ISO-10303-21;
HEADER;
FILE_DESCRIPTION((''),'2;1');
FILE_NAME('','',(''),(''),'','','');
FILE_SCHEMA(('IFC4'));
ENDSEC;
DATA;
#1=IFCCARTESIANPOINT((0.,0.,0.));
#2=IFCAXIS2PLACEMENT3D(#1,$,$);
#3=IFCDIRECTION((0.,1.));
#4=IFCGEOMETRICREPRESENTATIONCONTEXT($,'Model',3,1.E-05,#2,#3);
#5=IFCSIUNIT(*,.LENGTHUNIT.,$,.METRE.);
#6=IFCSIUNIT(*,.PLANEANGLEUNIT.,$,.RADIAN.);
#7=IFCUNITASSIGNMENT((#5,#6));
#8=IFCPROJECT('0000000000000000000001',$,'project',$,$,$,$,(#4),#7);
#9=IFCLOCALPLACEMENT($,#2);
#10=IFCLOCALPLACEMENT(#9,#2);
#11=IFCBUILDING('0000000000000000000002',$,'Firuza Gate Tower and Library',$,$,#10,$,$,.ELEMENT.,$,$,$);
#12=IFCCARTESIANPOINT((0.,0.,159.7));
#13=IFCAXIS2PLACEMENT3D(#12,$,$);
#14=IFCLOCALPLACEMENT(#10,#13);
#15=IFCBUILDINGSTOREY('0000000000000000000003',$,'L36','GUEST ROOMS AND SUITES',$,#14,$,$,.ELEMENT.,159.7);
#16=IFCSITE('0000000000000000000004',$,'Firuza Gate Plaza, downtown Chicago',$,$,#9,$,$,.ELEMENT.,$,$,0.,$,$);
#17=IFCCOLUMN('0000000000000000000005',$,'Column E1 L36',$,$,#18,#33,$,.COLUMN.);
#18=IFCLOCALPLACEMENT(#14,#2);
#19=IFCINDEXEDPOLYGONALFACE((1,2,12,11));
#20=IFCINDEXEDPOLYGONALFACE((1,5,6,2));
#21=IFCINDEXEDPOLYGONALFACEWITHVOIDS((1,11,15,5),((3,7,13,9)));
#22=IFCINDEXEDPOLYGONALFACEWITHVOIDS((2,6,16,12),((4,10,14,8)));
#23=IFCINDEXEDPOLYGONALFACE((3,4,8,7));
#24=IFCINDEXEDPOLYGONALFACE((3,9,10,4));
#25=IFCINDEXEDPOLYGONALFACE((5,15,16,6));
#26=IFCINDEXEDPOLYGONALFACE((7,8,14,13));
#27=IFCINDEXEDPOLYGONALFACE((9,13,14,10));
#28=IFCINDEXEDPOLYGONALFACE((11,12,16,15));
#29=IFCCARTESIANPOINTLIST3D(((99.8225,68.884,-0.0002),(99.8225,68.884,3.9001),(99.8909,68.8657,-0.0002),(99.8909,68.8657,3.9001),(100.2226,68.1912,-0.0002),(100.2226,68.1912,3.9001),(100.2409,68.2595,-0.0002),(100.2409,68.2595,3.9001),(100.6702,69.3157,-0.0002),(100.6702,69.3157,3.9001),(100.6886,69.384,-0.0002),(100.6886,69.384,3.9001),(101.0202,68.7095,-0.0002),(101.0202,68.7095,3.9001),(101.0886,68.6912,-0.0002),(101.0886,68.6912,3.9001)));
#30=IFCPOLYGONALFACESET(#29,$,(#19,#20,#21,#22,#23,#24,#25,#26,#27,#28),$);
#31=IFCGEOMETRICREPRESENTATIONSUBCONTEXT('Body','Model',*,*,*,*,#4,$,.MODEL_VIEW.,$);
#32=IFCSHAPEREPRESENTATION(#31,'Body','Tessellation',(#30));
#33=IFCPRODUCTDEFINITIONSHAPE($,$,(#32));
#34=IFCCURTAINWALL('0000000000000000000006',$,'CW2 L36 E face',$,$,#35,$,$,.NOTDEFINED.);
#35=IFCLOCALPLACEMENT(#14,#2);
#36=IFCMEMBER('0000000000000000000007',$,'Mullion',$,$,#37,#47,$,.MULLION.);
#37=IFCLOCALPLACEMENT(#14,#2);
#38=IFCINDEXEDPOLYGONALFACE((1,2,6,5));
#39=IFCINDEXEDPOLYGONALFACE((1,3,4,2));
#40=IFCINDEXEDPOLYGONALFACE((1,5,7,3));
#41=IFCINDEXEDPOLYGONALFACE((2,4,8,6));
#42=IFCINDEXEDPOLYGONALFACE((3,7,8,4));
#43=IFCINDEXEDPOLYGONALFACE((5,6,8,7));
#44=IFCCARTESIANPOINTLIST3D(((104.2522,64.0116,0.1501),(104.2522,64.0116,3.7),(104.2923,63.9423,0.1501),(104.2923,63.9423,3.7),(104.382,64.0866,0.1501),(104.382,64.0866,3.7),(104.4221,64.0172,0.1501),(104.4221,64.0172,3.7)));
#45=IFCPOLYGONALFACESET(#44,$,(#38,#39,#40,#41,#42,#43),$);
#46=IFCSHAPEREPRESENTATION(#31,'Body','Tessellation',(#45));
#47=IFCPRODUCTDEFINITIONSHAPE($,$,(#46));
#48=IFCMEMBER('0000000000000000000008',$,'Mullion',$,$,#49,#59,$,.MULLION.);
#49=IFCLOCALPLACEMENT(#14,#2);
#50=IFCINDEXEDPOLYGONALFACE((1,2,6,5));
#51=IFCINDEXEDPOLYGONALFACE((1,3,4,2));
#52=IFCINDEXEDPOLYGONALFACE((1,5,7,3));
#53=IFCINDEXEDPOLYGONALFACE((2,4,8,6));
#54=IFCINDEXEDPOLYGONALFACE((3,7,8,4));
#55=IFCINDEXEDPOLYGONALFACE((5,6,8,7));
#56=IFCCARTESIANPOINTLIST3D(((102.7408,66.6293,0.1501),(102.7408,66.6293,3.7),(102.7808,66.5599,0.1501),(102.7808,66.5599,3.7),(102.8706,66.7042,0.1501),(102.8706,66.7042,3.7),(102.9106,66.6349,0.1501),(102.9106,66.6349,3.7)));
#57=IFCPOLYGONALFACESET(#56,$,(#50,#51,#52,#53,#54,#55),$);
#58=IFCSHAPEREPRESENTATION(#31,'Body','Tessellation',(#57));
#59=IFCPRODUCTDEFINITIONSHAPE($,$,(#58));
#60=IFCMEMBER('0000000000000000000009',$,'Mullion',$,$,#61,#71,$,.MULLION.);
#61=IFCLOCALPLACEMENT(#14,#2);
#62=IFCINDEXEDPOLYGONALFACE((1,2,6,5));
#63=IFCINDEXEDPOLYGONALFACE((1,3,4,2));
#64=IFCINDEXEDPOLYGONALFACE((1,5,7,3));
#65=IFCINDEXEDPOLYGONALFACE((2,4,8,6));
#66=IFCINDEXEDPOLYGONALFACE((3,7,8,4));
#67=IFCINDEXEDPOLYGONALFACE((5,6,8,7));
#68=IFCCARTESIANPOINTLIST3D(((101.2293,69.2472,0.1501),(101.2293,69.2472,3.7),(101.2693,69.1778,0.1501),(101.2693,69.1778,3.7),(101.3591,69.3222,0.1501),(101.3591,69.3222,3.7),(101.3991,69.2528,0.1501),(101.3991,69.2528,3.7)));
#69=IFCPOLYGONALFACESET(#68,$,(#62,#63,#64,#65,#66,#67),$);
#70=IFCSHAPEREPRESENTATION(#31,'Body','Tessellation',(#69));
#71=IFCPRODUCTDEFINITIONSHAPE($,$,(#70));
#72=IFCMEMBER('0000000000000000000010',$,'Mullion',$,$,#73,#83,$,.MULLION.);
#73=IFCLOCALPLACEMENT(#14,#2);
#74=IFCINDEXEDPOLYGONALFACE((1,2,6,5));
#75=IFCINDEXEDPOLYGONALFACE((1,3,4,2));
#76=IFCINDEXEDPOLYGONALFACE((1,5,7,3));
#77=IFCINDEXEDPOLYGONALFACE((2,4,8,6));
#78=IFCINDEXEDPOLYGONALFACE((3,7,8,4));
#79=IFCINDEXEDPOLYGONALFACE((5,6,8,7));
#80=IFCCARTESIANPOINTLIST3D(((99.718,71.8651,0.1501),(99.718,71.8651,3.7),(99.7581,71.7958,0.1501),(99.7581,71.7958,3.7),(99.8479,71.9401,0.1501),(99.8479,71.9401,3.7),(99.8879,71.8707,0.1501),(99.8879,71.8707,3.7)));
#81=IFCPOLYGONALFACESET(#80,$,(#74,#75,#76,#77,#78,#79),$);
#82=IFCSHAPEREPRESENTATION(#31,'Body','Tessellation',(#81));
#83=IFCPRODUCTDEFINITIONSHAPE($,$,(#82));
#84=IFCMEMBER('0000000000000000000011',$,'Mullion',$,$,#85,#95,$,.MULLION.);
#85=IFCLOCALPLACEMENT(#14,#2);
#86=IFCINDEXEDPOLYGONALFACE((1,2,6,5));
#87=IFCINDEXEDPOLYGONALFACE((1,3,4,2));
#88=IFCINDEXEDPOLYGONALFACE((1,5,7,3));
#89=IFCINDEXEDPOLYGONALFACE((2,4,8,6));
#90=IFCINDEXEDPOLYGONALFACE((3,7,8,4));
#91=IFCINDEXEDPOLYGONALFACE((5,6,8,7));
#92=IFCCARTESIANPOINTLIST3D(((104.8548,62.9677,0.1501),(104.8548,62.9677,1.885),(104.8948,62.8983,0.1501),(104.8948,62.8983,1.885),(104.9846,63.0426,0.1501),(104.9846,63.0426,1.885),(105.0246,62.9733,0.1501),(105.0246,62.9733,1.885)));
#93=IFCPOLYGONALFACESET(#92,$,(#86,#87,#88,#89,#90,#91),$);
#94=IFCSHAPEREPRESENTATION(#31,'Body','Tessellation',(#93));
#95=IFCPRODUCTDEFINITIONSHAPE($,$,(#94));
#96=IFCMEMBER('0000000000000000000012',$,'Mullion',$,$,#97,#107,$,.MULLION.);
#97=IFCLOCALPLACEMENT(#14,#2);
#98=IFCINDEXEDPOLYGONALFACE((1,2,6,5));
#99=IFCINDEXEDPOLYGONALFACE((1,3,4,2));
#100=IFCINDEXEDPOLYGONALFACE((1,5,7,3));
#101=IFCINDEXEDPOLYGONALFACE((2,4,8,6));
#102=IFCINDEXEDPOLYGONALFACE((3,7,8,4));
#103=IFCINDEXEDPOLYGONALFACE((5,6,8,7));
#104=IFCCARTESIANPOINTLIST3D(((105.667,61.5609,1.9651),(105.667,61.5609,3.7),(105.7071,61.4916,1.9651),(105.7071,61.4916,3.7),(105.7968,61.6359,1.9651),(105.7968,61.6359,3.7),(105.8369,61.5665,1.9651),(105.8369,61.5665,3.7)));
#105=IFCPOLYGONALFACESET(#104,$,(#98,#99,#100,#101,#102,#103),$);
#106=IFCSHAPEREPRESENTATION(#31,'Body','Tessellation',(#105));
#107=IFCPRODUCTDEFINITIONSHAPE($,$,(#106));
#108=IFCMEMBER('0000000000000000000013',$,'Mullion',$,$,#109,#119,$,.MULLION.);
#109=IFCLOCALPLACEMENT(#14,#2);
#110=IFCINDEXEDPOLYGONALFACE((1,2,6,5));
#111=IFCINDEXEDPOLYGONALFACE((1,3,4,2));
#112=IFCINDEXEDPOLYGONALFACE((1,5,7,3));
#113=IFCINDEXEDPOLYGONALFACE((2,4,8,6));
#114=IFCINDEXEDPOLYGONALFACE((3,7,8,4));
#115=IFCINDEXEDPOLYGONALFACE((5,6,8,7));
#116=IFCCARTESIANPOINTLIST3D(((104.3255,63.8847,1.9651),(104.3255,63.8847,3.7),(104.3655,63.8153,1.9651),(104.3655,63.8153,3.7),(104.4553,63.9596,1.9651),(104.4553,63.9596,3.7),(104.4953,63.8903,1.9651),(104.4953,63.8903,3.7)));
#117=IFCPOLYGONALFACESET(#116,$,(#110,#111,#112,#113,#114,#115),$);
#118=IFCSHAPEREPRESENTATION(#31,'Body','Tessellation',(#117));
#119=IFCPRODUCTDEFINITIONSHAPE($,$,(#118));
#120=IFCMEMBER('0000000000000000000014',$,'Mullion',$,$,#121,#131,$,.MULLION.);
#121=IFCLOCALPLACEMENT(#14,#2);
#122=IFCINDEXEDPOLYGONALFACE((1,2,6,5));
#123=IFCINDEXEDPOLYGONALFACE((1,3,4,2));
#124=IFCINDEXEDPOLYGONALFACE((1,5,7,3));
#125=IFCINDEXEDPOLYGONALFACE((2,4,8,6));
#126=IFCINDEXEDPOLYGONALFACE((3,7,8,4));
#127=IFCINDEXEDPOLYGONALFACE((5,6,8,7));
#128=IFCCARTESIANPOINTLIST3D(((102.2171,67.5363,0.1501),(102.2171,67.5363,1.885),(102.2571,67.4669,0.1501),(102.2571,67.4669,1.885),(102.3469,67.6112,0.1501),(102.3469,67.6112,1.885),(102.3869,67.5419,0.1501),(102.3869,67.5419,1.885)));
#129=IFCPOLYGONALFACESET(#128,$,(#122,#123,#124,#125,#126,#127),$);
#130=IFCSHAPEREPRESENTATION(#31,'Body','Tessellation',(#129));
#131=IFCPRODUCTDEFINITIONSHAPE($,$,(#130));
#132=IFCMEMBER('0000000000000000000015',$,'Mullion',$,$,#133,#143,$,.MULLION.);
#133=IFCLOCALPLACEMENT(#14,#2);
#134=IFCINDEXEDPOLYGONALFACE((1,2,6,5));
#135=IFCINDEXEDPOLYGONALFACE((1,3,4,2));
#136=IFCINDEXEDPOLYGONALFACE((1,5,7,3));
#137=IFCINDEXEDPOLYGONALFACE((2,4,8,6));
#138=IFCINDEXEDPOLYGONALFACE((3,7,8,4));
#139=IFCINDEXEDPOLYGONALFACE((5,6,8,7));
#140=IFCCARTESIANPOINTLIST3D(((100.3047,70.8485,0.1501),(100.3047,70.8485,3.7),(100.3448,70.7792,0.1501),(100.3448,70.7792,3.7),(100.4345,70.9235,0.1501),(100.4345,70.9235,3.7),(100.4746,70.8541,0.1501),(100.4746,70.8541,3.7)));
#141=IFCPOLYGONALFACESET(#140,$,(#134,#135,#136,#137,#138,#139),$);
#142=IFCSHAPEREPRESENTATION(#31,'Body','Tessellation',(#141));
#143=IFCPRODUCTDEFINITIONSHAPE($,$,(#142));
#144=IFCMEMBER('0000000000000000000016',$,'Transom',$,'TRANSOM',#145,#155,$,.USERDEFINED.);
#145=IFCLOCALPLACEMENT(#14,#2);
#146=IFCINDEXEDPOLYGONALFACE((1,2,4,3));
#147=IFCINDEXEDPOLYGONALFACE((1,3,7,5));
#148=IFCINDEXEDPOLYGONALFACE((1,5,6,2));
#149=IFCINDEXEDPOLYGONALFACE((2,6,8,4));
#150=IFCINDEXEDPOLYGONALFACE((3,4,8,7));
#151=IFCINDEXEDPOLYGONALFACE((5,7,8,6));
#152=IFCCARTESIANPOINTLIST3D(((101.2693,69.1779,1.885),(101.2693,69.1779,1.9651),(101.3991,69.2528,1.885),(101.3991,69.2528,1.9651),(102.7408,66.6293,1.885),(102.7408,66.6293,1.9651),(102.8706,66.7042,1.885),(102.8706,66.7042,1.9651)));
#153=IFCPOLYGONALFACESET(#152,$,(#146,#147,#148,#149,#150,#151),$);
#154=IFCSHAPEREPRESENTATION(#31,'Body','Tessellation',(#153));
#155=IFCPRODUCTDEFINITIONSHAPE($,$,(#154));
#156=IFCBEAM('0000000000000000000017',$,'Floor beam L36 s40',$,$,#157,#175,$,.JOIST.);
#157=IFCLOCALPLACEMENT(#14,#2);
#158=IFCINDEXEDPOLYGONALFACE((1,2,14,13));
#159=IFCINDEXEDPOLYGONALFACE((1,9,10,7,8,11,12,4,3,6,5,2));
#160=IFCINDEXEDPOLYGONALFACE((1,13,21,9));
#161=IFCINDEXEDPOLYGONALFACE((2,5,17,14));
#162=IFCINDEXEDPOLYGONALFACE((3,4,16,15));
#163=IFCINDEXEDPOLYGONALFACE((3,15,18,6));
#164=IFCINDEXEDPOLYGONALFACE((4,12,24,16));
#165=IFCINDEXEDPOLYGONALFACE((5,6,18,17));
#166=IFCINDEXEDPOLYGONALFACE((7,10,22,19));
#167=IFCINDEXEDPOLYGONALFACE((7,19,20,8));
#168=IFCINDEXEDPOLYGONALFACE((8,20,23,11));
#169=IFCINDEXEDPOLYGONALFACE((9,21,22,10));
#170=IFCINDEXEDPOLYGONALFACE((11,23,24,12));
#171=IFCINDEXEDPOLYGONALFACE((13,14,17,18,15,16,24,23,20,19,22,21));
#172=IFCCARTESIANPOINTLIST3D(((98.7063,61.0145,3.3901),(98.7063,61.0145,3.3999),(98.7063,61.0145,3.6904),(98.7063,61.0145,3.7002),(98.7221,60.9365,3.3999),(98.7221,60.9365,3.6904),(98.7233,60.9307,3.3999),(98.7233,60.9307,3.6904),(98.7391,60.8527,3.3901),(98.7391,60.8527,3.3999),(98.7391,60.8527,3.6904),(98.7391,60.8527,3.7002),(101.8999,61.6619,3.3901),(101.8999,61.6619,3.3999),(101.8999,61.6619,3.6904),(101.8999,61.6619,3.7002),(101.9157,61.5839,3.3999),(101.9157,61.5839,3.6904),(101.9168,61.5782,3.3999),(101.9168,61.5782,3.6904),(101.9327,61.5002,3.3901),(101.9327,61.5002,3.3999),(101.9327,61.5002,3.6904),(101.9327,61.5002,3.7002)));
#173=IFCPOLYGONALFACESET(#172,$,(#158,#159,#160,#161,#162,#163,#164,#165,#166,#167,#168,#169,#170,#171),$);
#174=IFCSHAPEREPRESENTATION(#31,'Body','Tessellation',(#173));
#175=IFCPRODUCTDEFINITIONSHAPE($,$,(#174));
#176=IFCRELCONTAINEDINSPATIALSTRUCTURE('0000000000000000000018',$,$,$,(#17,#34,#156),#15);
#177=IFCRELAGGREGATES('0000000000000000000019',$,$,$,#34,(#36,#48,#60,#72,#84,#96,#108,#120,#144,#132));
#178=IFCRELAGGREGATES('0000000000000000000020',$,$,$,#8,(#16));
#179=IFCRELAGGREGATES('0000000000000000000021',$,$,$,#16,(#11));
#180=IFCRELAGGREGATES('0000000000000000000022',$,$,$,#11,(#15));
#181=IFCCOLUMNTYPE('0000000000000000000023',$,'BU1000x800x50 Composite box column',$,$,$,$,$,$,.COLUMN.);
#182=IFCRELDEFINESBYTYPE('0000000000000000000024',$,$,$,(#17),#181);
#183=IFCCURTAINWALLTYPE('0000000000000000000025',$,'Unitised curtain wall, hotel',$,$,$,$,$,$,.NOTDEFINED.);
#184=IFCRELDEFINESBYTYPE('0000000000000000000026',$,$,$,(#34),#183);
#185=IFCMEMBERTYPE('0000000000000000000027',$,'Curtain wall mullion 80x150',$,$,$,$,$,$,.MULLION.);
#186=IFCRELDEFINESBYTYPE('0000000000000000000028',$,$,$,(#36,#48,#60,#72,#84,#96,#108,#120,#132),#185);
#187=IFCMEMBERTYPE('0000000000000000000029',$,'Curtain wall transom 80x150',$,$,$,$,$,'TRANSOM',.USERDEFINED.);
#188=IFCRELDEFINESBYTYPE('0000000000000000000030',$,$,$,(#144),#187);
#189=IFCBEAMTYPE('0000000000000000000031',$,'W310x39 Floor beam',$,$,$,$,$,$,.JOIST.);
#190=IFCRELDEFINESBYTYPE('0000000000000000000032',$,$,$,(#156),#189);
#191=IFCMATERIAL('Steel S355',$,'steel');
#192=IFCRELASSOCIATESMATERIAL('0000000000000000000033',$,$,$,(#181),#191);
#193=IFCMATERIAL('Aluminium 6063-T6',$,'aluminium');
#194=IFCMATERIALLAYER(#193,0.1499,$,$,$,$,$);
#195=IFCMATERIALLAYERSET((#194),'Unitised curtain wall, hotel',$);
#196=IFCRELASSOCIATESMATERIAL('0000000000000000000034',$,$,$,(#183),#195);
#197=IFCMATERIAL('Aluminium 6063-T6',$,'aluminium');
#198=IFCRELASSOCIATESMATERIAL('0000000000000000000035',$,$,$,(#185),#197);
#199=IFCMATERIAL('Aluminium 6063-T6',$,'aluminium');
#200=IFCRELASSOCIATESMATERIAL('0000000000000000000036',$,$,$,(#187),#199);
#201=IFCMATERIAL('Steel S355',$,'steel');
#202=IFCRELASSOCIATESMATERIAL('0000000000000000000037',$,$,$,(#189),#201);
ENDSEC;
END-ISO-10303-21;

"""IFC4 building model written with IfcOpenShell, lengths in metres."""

from ifc_helpers import new_model, si_unit, direction, frame, origin, origin_2d, place, context, subcontext, project, spatial, rectangle, hollow_rectangle, i_section, extrude, material, layer, layer_set, material_profile, profile_set, type_object, element, aggregate, save


model = new_model("IFC4")

# Units and contexts
model_context = context("Model", 3, precision=1e-05, world=origin(), true_north=direction((0.0, 1.0)))
body_context = subcontext(model_context, "Body", "Model", "MODEL_VIEW")
ifc_project = project(units=[si_unit("LENGTHUNIT", "METRE"), si_unit("PLANEANGLEUNIT", "RADIAN")], contexts=[model_context])

# Site, building, storey
site_placement = place(None, origin())
site = spatial("IfcSite", under=ifc_project, at=site_placement, Name="Firuza Gate Plaza, downtown Chicago", CompositionType="ELEMENT", RefElevation=0.0)
building_placement = place(site_placement, origin())
building = spatial("IfcBuilding", under=site, at=building_placement, Name="Firuza Gate Tower and Library", CompositionType="ELEMENT")
storey_placement = place(building_placement, frame((0.0, 0.0, 159.7)))
storey = spatial("IfcBuildingStorey", under=building, at=storey_placement, Name="L36", Description="GUEST ROOMS AND SUITES", CompositionType="ELEMENT", Elevation=159.7)

# Column
ifc_material_1 = material(Name="Steel S355", Category="steel")
ifc_material_profile_1 = material_profile(ifc_material_1, hollow_rectangle(XDim=0.8, YDim=1.0, WallThickness=0.05, at=origin_2d()))
ifc_profile_set_1 = profile_set([ifc_material_profile_1], Name="Steel S355")
column_type = type_object("IfcColumnType", Name="BU1000x800x50 Composite box column", PredefinedType="COLUMN", material=ifc_profile_set_1)
column_placement = place(storey_placement, frame((100.4556, 68.7876, -0.0002), z_axis=(0.0, 0.0, 1.0), x_axis=(-0.5, 0.866025, 0.0)))
element("IfcColumn", 1, at=column_placement, inside=storey, type_object=column_type, Name="Column E1 L36", PredefinedType="COLUMN", context=body_context, shape_type="SweptSolid", body=[
    extrude(hollow_rectangle(XDim=0.8, YDim=1.0, WallThickness=0.05, at=origin_2d()), origin(), (0.0, 0.0, 1.0), 3.9004),
])

# Curtain wall, members
ifc_material_2 = material(Name="Aluminium 6063-T6", Category="aluminium")
ifc_layer_1 = layer(ifc_material_2, 0.1499)
ifc_layer_set_1 = layer_set([ifc_layer_1], Name="Unitised curtain wall, hotel")
curtain_wall_type = type_object("IfcCurtainWallType", Name="Unitised curtain wall, hotel", PredefinedType="NOTDEFINED", material=ifc_layer_set_1)
curtain_wall_placement = place(storey_placement, origin())
curtain_wall = element("IfcCurtainWall", 2, at=curtain_wall_placement, inside=storey, type_object=curtain_wall_type, Name="CW2 L36 E face", PredefinedType="NOTDEFINED")
ifc_material_3 = material(Name="Aluminium 6063-T6", Category="aluminium")
ifc_material_profile_2 = material_profile(ifc_material_3, rectangle(XDim=0.1499, YDim=0.0801, at=origin_2d()))
ifc_profile_set_2 = profile_set([ifc_material_profile_2], Name="Aluminium 6063-T6")
member_type_1 = type_object("IfcMemberType", Name="Curtain wall mullion 80x150", PredefinedType="MULLION", material=ifc_profile_set_2)
member_1_placement = place(storey_placement, frame((104.3372, 64.0144, 0.1501), z_axis=(0.0, 0.0, 1.0), x_axis=(-0.866025, -0.5, 0.0)))
member_1 = element("IfcMember", 3, at=member_1_placement, type_object=member_type_1, Name="Mullion", PredefinedType="MULLION", context=body_context, shape_type="SweptSolid", body=[
    extrude(rectangle(XDim=0.1499, YDim=0.0801, at=origin_2d()), origin(), (0.0, 0.0, 1.0), 3.5498),
])
member_2_placement = place(storey_placement, frame((102.8257, 66.6321, 0.1501), z_axis=(0.0, 0.0, 1.0), x_axis=(-0.866025, -0.5, 0.0)))
member_2 = element("IfcMember", 4, at=member_2_placement, type_object=member_type_1, Name="Mullion", PredefinedType="MULLION", context=body_context, shape_type="SweptSolid", body=[
    extrude(rectangle(XDim=0.1499, YDim=0.0801, at=origin_2d()), origin(), (0.0, 0.0, 1.0), 3.5498),
])
member_3_placement = place(storey_placement, frame((101.3142, 69.25, 0.1501), z_axis=(0.0, 0.0, 1.0), x_axis=(-0.866025, -0.5, 0.0)))
member_3 = element("IfcMember", 5, at=member_3_placement, type_object=member_type_1, Name="Mullion", PredefinedType="MULLION", context=body_context, shape_type="SweptSolid", body=[
    extrude(rectangle(XDim=0.1499, YDim=0.0801, at=origin_2d()), origin(), (0.0, 0.0, 1.0), 3.5498),
])
member_4_placement = place(storey_placement, frame((99.803, 71.8679, 0.1501), z_axis=(0.0, 0.0, 1.0), x_axis=(-0.866025, -0.5, 0.0)))
member_4 = element("IfcMember", 6, at=member_4_placement, type_object=member_type_1, Name="Mullion", PredefinedType="MULLION", context=body_context, shape_type="SweptSolid", body=[
    extrude(rectangle(XDim=0.1499, YDim=0.0801, at=origin_2d()), origin(), (0.0, 0.0, 1.0), 3.5498),
])
member_5_placement = place(storey_placement, frame((104.9397, 62.9705, 0.1501), z_axis=(0.0, 0.0, 1.0), x_axis=(-0.866025, -0.5, 0.0)))
member_5 = element("IfcMember", 7, at=member_5_placement, type_object=member_type_1, Name="Mullion", PredefinedType="MULLION", context=body_context, shape_type="SweptSolid", body=[
    extrude(rectangle(XDim=0.1499, YDim=0.0801, at=origin_2d()), origin(), (0.0, 0.0, 1.0), 1.7349),
])
member_6_placement = place(storey_placement, frame((105.752, 61.5637, 1.9651), z_axis=(0.0, 0.0, 1.0), x_axis=(-0.866025, -0.5, 0.0)))
member_6 = element("IfcMember", 8, at=member_6_placement, type_object=member_type_1, Name="Mullion", PredefinedType="MULLION", context=body_context, shape_type="SweptSolid", body=[
    extrude(rectangle(XDim=0.1499, YDim=0.0801, at=origin_2d()), origin(), (0.0, 0.0, 1.0), 1.7349),
])
member_7_placement = place(storey_placement, frame((104.4104, 63.8875, 1.9651), z_axis=(0.0, 0.0, 1.0), x_axis=(-0.866025, -0.5, 0.0)))
member_7 = element("IfcMember", 9, at=member_7_placement, type_object=member_type_1, Name="Mullion", PredefinedType="MULLION", context=body_context, shape_type="SweptSolid", body=[
    extrude(rectangle(XDim=0.1499, YDim=0.0801, at=origin_2d()), origin(), (0.0, 0.0, 1.0), 1.7349),
])
member_8_placement = place(storey_placement, frame((102.302, 67.5391, 0.1501), z_axis=(0.0, 0.0, 1.0), x_axis=(-0.866025, -0.5, 0.0)))
member_8 = element("IfcMember", 10, at=member_8_placement, type_object=member_type_1, Name="Mullion", PredefinedType="MULLION", context=body_context, shape_type="SweptSolid", body=[
    extrude(rectangle(XDim=0.1499, YDim=0.0801, at=origin_2d()), origin(), (0.0, 0.0, 1.0), 1.7349),
])
member_9_placement = place(storey_placement, frame((100.3896, 70.8513, 0.1501), z_axis=(0.0, 0.0, 1.0), x_axis=(-0.866025, -0.5, 0.0)))
member_9 = element("IfcMember", 11, at=member_9_placement, type_object=member_type_1, Name="Mullion", PredefinedType="MULLION", context=body_context, shape_type="SweptSolid", body=[
    extrude(rectangle(XDim=0.1499, YDim=0.0801, at=origin_2d()), origin(), (0.0, 0.0, 1.0), 3.5498),
])
ifc_material_4 = material(Name="Aluminium 6063-T6", Category="aluminium")
ifc_material_profile_3 = material_profile(ifc_material_4, rectangle(XDim=0.1499, YDim=0.0801, at=origin_2d()))
ifc_profile_set_3 = profile_set([ifc_material_profile_3], Name="Aluminium 6063-T6")
member_type_2 = type_object("IfcMemberType", Name="Curtain wall transom 80x150", ElementType="TRANSOM", PredefinedType="USERDEFINED", material=ifc_profile_set_3)
member_10_placement = place(storey_placement, frame((102.8057, 66.6667, 1.925), z_axis=(-0.500003, 0.866024, 0.0), x_axis=(-0.866024, -0.500003, 0.0)))
member_10 = element("IfcMember", 12, at=member_10_placement, type_object=member_type_2, Name="Transom", ObjectType="TRANSOM", PredefinedType="USERDEFINED", context=body_context, shape_type="SweptSolid", body=[
    extrude(rectangle(XDim=0.1499, YDim=0.0801, at=origin_2d()), origin(), (0.0, 0.0, 1.0), 2.9429),
])

# Beam
ifc_material_5 = material(Name="Steel S355", Category="steel")
ifc_material_profile_4 = material_profile(ifc_material_5, i_section(OverallWidth=0.165, OverallDepth=0.3101, WebThickness=0.0059, FlangeThickness=0.0098, at=origin_2d()))
ifc_profile_set_4 = profile_set([ifc_material_profile_4], Name="Steel S355")
beam_type_1 = type_object("IfcBeamType", Name="W310x39 Floor beam", PredefinedType="JOIST", material=ifc_profile_set_4)
beam_1_placement = place(storey_placement, frame((101.9163, 61.5811, 3.5452), z_axis=(-0.980061, -0.198695, 0.0), x_axis=(0.198695, -0.980061, 0.0)))
element("IfcBeam", 13, at=beam_1_placement, inside=storey, type_object=beam_type_1, Name="Floor beam L36 s40", PredefinedType="JOIST", context=body_context, shape_type="SweptSolid", body=[
    extrude(i_section(OverallWidth=0.165, OverallDepth=0.3101, WebThickness=0.0059, FlangeThickness=0.0098, at=origin_2d()), origin(), (0.0, 0.0, 1.0), 3.2585),
])

aggregate(curtain_wall, [member_1, member_2, member_3, member_4, member_5, member_6, member_7, member_8, member_10, member_9])

save(model, "model.ifc")
